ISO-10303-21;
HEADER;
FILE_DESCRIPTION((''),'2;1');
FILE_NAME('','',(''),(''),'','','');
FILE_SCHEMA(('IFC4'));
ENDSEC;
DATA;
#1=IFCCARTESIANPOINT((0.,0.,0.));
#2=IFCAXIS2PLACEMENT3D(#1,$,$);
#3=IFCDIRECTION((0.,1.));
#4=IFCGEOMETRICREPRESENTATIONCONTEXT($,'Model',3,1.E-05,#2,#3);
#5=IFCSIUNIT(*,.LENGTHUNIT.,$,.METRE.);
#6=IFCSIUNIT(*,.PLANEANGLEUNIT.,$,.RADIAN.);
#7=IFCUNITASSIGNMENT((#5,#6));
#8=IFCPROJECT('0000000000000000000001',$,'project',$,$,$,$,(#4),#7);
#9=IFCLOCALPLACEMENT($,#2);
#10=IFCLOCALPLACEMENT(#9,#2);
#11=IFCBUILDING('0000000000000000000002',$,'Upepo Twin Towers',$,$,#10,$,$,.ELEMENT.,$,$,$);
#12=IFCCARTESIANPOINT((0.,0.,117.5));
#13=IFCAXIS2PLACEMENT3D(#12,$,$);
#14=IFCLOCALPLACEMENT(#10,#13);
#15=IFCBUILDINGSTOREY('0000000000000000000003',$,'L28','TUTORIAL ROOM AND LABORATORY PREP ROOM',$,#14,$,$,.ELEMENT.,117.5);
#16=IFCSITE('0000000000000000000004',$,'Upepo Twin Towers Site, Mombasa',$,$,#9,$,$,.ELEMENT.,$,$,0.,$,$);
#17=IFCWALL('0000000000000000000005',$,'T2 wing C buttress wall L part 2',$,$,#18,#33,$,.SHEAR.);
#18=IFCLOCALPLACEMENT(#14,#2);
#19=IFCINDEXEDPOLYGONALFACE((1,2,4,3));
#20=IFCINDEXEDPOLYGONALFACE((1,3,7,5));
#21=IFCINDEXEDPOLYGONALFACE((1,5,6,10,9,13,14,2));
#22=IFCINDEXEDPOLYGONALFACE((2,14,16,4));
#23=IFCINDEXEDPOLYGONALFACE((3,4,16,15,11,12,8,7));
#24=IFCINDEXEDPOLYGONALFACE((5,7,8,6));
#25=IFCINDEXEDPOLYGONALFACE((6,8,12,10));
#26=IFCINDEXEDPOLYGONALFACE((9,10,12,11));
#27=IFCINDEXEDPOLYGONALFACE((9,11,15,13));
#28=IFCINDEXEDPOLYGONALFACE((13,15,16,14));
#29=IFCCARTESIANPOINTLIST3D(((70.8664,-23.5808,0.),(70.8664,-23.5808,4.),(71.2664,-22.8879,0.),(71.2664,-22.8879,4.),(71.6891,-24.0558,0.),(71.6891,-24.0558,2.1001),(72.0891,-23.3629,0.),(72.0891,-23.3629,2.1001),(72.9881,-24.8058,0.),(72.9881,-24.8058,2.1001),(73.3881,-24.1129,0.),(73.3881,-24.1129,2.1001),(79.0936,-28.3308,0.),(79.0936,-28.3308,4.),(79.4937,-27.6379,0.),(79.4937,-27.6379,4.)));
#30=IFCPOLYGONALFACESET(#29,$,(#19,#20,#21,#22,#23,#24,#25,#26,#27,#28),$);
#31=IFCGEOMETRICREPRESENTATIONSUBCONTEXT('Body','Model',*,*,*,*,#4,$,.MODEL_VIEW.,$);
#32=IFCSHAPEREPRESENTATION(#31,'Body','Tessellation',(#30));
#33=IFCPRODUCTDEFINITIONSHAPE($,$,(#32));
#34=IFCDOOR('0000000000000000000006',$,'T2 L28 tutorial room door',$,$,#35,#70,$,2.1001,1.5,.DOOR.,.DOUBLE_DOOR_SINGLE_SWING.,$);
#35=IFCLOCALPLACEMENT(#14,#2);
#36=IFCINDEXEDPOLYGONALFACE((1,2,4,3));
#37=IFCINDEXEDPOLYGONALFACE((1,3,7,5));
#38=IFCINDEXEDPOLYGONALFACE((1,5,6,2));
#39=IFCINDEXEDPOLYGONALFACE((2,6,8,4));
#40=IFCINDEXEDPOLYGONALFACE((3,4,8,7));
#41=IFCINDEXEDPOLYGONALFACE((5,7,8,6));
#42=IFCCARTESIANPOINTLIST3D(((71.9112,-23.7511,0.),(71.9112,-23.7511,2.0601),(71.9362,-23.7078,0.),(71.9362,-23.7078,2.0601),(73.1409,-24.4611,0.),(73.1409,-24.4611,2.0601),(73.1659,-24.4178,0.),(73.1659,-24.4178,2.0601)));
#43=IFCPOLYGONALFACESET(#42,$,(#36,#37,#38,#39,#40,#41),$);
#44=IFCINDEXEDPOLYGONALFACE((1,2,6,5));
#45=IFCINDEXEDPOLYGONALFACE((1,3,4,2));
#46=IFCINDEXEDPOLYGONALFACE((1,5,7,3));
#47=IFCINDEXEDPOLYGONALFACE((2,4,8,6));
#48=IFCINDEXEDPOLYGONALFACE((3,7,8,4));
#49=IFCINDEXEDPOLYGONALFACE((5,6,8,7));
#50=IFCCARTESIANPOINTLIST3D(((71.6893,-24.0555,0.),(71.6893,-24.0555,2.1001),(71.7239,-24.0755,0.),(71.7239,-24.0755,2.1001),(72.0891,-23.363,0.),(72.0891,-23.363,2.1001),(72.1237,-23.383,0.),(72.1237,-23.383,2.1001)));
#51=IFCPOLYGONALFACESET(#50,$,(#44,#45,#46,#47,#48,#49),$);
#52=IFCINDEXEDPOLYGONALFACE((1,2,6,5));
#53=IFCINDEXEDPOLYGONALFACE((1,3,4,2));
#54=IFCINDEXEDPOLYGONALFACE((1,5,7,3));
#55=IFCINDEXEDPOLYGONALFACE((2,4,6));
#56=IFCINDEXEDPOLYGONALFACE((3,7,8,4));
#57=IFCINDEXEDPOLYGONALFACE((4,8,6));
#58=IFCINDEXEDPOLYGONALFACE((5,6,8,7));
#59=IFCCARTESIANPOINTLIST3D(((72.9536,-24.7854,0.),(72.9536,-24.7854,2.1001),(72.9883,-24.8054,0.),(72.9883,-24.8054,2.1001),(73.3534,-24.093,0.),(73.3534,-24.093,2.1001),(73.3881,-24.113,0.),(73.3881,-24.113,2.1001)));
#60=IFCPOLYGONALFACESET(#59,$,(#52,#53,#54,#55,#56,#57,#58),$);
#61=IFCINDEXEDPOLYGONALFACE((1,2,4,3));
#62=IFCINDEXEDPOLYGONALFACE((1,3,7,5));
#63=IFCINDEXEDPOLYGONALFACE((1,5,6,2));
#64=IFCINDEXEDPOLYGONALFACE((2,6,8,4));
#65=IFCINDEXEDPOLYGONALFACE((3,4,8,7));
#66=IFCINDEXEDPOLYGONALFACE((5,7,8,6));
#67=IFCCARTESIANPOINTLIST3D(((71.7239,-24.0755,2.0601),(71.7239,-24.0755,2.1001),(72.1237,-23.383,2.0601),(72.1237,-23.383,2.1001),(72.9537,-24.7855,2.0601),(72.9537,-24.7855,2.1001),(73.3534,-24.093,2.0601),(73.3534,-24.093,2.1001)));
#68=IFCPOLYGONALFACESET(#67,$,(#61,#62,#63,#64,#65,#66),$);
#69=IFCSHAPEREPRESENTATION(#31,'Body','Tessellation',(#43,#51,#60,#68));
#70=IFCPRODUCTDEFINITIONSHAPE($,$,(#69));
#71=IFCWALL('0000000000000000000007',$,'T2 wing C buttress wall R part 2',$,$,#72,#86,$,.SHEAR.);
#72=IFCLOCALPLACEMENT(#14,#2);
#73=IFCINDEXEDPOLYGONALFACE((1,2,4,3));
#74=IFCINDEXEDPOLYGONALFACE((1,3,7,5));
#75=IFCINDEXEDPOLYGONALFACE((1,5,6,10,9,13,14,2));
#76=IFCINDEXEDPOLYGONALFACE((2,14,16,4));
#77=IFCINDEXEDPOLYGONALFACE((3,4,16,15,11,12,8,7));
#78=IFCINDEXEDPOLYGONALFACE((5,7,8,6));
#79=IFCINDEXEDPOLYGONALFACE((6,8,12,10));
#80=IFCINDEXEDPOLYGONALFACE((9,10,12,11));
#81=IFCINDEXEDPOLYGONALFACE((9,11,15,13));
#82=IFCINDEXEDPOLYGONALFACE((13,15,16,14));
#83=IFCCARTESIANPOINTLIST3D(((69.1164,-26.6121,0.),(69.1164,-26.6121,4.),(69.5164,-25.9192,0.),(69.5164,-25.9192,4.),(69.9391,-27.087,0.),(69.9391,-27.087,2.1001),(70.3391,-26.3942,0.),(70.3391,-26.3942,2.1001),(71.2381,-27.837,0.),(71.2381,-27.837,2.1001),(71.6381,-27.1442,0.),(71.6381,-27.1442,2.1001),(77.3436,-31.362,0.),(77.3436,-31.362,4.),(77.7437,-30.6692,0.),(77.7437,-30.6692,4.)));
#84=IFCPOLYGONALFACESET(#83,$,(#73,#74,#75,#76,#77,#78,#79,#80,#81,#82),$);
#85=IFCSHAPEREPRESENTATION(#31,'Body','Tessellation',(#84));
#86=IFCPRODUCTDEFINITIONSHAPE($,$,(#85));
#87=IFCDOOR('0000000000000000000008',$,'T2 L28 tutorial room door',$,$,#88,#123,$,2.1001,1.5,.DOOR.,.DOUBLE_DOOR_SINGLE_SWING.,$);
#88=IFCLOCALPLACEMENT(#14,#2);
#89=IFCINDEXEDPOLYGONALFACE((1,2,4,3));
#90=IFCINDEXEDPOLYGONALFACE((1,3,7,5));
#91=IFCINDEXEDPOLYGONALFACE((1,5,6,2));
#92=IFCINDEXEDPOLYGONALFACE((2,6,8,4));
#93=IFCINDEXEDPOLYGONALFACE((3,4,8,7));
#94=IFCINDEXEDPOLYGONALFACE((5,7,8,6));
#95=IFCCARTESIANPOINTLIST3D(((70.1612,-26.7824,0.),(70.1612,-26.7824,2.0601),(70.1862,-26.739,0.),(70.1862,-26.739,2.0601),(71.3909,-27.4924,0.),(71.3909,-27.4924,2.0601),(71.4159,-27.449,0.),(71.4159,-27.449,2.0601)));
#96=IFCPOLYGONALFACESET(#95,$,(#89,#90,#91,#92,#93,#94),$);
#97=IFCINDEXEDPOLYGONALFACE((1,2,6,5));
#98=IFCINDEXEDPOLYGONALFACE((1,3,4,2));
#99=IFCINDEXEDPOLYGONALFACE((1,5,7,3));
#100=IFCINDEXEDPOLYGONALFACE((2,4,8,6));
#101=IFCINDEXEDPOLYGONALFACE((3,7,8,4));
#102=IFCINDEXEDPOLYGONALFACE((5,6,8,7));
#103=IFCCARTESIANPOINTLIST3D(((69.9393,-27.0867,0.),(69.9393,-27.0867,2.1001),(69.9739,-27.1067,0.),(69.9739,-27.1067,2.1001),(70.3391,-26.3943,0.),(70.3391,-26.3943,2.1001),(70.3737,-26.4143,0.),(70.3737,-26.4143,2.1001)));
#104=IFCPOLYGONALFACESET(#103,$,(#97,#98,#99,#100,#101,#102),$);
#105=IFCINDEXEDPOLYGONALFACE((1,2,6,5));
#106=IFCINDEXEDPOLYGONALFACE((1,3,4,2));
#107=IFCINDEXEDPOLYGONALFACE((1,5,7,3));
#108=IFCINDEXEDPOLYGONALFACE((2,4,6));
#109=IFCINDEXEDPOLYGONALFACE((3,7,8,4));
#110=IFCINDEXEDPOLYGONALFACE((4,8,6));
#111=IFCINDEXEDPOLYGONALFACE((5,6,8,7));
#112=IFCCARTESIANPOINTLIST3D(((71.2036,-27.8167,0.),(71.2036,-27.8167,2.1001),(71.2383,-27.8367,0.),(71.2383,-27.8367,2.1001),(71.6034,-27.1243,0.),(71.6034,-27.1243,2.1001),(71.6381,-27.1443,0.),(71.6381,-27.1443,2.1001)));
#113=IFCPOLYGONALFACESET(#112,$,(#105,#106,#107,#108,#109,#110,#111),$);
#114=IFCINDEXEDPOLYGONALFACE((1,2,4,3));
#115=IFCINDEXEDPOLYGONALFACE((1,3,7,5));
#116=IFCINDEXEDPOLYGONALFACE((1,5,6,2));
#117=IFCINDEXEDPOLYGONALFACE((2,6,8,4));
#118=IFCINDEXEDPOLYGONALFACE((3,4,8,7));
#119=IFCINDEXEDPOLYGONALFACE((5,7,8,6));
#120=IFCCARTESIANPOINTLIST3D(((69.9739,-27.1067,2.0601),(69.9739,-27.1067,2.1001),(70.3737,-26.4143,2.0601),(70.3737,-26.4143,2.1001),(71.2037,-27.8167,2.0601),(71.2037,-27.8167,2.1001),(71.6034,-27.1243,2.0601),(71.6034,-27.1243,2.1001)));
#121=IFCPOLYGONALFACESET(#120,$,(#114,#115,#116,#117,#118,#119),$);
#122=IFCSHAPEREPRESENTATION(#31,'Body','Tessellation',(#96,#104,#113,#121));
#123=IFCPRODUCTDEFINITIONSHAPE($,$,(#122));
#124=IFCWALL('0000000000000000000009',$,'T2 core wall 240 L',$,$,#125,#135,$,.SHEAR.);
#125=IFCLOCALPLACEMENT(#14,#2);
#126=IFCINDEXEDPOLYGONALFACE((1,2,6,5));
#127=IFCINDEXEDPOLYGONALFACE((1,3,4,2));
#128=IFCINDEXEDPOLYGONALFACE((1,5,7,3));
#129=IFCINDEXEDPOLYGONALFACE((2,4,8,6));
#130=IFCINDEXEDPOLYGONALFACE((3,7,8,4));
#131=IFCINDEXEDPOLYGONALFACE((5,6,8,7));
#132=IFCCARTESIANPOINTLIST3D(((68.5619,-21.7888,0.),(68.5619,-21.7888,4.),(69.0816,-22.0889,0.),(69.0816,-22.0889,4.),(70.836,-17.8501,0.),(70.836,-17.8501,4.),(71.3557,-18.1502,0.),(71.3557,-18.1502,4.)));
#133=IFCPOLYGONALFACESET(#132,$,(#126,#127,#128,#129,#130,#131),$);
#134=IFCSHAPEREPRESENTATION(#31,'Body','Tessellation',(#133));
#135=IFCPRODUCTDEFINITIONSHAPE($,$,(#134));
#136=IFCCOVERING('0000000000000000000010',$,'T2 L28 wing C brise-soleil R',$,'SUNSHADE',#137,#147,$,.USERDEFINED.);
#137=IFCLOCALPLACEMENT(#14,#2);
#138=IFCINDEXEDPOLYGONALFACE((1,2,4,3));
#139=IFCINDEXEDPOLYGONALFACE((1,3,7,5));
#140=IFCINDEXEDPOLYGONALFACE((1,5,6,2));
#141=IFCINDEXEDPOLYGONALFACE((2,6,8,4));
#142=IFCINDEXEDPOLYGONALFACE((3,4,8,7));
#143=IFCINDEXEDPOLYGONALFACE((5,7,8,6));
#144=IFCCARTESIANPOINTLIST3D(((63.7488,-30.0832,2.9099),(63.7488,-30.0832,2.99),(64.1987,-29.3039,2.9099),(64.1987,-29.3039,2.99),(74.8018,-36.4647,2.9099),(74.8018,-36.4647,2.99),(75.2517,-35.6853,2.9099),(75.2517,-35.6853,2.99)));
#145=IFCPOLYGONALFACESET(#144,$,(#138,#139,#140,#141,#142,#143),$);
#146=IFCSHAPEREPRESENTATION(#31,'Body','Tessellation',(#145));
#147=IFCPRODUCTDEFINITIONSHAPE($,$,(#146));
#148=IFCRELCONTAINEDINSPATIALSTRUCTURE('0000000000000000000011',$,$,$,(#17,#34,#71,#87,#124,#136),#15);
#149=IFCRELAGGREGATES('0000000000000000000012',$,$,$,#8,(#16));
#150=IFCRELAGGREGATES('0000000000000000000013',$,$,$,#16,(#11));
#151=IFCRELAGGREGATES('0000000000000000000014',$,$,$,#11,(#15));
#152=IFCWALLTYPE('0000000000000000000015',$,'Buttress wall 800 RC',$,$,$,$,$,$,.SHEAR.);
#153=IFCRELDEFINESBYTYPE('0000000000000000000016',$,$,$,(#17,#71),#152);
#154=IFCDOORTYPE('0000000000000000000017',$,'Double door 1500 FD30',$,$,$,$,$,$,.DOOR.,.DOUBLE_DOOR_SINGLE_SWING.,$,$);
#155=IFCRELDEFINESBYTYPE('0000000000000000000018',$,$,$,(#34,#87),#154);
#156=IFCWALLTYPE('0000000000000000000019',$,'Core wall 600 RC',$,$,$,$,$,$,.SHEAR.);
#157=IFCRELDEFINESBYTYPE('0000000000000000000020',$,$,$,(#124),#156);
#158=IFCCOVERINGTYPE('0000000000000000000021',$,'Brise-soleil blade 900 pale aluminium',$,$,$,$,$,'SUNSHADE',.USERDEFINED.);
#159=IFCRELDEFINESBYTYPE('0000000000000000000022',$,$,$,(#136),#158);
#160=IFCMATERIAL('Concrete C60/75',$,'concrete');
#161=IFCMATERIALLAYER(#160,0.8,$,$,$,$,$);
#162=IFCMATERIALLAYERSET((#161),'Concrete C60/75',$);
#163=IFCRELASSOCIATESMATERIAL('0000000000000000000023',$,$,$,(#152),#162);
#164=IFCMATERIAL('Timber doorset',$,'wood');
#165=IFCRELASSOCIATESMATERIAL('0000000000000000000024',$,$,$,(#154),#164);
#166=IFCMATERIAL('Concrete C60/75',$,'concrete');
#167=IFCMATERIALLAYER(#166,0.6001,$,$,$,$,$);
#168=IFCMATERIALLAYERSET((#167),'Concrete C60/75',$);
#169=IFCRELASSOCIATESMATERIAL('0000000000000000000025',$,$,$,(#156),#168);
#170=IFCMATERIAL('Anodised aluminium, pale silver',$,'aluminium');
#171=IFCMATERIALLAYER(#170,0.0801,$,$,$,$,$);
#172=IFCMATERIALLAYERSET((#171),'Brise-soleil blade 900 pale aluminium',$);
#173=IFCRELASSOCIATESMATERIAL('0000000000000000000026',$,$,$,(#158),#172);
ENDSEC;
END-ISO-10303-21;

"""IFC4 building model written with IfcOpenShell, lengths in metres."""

from ifc_helpers import new_model, si_unit, direction, frame, frame_2d, origin, origin_2d, place, context, subcontext, project, spatial, rectangle, extrude, material, layer, layer_set, type_object, element, fill, save


model = new_model("IFC4")

# Units and contexts
model_context = context("Model", 3, precision=1e-05, world=origin(), true_north=direction((0.0, 1.0)))
body_context = subcontext(model_context, "Body", "Model", "MODEL_VIEW")
ifc_project = project(units=[si_unit("LENGTHUNIT", "METRE"), si_unit("PLANEANGLEUNIT", "RADIAN")], contexts=[model_context])

# Site, building, storey
site_placement = place(None, origin())
site = spatial("IfcSite", under=ifc_project, at=site_placement, Name="Upepo Twin Towers Site, Mombasa", CompositionType="ELEMENT", RefElevation=0.0)
building_placement = place(site_placement, origin())
building = spatial("IfcBuilding", under=site, at=building_placement, Name="Upepo Twin Towers", CompositionType="ELEMENT")
storey_placement = place(building_placement, frame((0.0, 0.0, 117.5)))
storey = spatial("IfcBuildingStorey", under=building, at=storey_placement, Name="L28", Description="TUTORIAL ROOM AND LABORATORY PREP ROOM", CompositionType="ELEMENT", Elevation=117.5)

# Walls, openings, doors
ifc_material_1 = material(Name="Concrete C60/75", Category="concrete")
ifc_layer_1 = layer(ifc_material_1, 0.8)
ifc_layer_set_1 = layer_set([ifc_layer_1], Name="Concrete C60/75")
wall_type_1 = type_object("IfcWallType", Name="Buttress wall 800 RC", PredefinedType="SHEAR", material=ifc_layer_set_1)
wall_1_placement = place(storey_placement, frame((71.0664, -23.2344, 0.0), z_axis=(0.0, 0.0, 1.0), x_axis=(0.866027, -0.499998, 0.0)))
wall_1 = element("IfcWall", 1, at=wall_1_placement, inside=storey, type_object=wall_type_1, Name="T2 wing C buttress wall L part 2", PredefinedType="SHEAR", context=body_context, shape_type="SweptSolid", body=[
    extrude(rectangle(XDim=9.5, YDim=0.8, at=frame_2d((4.75, 0.0))), origin(), (0.0, 0.0, 1.0), 4.0),
])
opening_1_placement = place(wall_1_placement, frame((0.95, 0.0, 0.0)))
opening_1 = element("IfcOpeningElement", 2, at=opening_1_placement, cuts=wall_1, PredefinedType="OPENING", context=body_context, shape_type="SweptSolid", body=[
    extrude(rectangle(XDim=1.5, YDim=2.1001, at=frame_2d((0.75, 1.05))), frame((0.0, 0.4099, 0.0), z_axis=(0.0, -1.0, 0.0), x_axis=(1.0, 0.0, 0.0)), (0.0, 0.0, 1.0), 0.8201),
])
ifc_material_2 = material(Name="Timber doorset", Category="wood")
door_type = type_object("IfcDoorType", Name="Double door 1500 FD30", OperationType="DOUBLE_DOOR_SINGLE_SWING", PredefinedType="DOOR", material=ifc_material_2)
door_1_placement = place(opening_1_placement, origin())
door_1 = element("IfcDoor", 3, at=door_1_placement, inside=storey, type_object=door_type, Name="T2 L28 tutorial room door", OperationType="DOUBLE_DOOR_SINGLE_SWING", OverallHeight=2.1001, OverallWidth=1.5, PredefinedType="DOOR", context=body_context, shape_type="SweptSolid", body=[
    extrude(rectangle(XDim=1.42, YDim=2.0601, at=frame_2d((0.75, 1.03))), frame((0.0, 0.0249, 0.0), z_axis=(0.0, -1.0, 0.0), x_axis=(1.0, 0.0, 0.0)), (0.0, 0.0, 1.0), 0.05),
    extrude(rectangle(XDim=0.04, YDim=2.1001, at=frame_2d((0.02, 1.05))), frame((0.0, 0.3999, 0.0), z_axis=(0.0, -1.0, 0.0), x_axis=(1.0, 0.0, 0.0)), (0.0, 0.0, 1.0), 0.7996),
    extrude(rectangle(XDim=0.04, YDim=2.1001, at=frame_2d((1.48, 1.05))), frame((0.0, 0.3999, 0.0), z_axis=(0.0, -1.0, 0.0), x_axis=(1.0, 0.0, 0.0)), (0.0, 0.0, 1.0), 0.7996),
    extrude(rectangle(XDim=1.42, YDim=0.04, at=frame_2d((0.75, 2.0801))), frame((0.0, 0.3999, 0.0), z_axis=(0.0, -1.0, 0.0), x_axis=(1.0, 0.0, 0.0)), (0.0, 0.0, 1.0), 0.7996),
])
fill(opening_1, door_1)
wall_2_placement = place(storey_placement, frame((69.3164, -26.2656, 0.0), z_axis=(0.0, 0.0, 1.0), x_axis=(0.866027, -0.499998, 0.0)))
wall_2 = element("IfcWall", 4, at=wall_2_placement, inside=storey, type_object=wall_type_1, Name="T2 wing C buttress wall R part 2", PredefinedType="SHEAR", context=body_context, shape_type="SweptSolid", body=[
    extrude(rectangle(XDim=9.5, YDim=0.8, at=frame_2d((4.75, 0.0))), origin(), (0.0, 0.0, 1.0), 4.0),
])
opening_2_placement = place(wall_2_placement, frame((0.95, 0.0, 0.0)))
opening_2 = element("IfcOpeningElement", 5, at=opening_2_placement, cuts=wall_2, PredefinedType="OPENING", context=body_context, shape_type="SweptSolid", body=[
    extrude(rectangle(XDim=1.5, YDim=2.1001, at=frame_2d((0.75, 1.05))), frame((0.0, 0.4099, 0.0), z_axis=(0.0, -1.0, 0.0), x_axis=(1.0, 0.0, 0.0)), (0.0, 0.0, 1.0), 0.8201),
])
door_2_placement = place(opening_2_placement, origin())
door_2 = element("IfcDoor", 6, at=door_2_placement, inside=storey, type_object=door_type, Name="T2 L28 tutorial room door", OperationType="DOUBLE_DOOR_SINGLE_SWING", OverallHeight=2.1001, OverallWidth=1.5, PredefinedType="DOOR", context=body_context, shape_type="SweptSolid", body=[
    extrude(rectangle(XDim=1.42, YDim=2.0601, at=frame_2d((0.75, 1.03))), frame((0.0, 0.0249, 0.0), z_axis=(0.0, -1.0, 0.0), x_axis=(1.0, 0.0, 0.0)), (0.0, 0.0, 1.0), 0.05),
    extrude(rectangle(XDim=0.04, YDim=2.1001, at=frame_2d((0.02, 1.05))), frame((0.0, 0.3999, 0.0), z_axis=(0.0, -1.0, 0.0), x_axis=(1.0, 0.0, 0.0)), (0.0, 0.0, 1.0), 0.7996),
    extrude(rectangle(XDim=0.04, YDim=2.1001, at=frame_2d((1.48, 1.05))), frame((0.0, 0.3999, 0.0), z_axis=(0.0, -1.0, 0.0), x_axis=(1.0, 0.0, 0.0)), (0.0, 0.0, 1.0), 0.7996),
    extrude(rectangle(XDim=1.42, YDim=0.04, at=frame_2d((0.75, 2.0801))), frame((0.0, 0.3999, 0.0), z_axis=(0.0, -1.0, 0.0), x_axis=(1.0, 0.0, 0.0)), (0.0, 0.0, 1.0), 0.7996),
])
fill(opening_2, door_2)

# Wall
ifc_material_3 = material(Name="Concrete C60/75", Category="concrete")
ifc_layer_2 = layer(ifc_material_3, 0.6001)
ifc_layer_set_2 = layer_set([ifc_layer_2], Name="Concrete C60/75")
wall_type_2 = type_object("IfcWallType", Name="Core wall 600 RC", PredefinedType="SHEAR", material=ifc_layer_set_2)
wall_3_placement = place(storey_placement, frame((68.8218, -21.9387, 0.0), z_axis=(0.0, 0.0, 1.0), x_axis=(0.500024, 0.866011, 0.0)))
element("IfcWall", 7, at=wall_3_placement, inside=storey, type_object=wall_type_2, Name="T2 core wall 240 L", PredefinedType="SHEAR", context=body_context, shape_type="SweptSolid", body=[
    extrude(rectangle(XDim=4.5481, YDim=0.6001, at=frame_2d((2.2739, 0.0))), origin(), (0.0, 0.0, 1.0), 4.0),
])

# Covering
ifc_material_4 = material(Name="Anodised aluminium, pale silver", Category="aluminium")
ifc_layer_3 = layer(ifc_material_4, 0.0801)
ifc_layer_set_3 = layer_set([ifc_layer_3], Name="Brise-soleil blade 900 pale aluminium")
covering_type = type_object("IfcCoveringType", Name="Brise-soleil blade 900 pale aluminium", ElementType="SUNSHADE", PredefinedType="USERDEFINED", material=ifc_layer_set_3)
covering_placement = place(storey_placement, frame((69.5002, -32.8843, 2.9099), z_axis=(0.0, 0.0, 1.0), x_axis=(0.866025, -0.5, 0.0)))
element("IfcCovering", 8, at=covering_placement, inside=storey, type_object=covering_type, Name="T2 L28 wing C brise-soleil R", ObjectType="SUNSHADE", PredefinedType="USERDEFINED", context=body_context, shape_type="SweptSolid", body=[
    extrude(rectangle(XDim=12.7629, YDim=0.8999, at=origin_2d()), origin(), (0.0, 0.0, 1.0), 0.0801),
])

save(model, "model.ifc")
